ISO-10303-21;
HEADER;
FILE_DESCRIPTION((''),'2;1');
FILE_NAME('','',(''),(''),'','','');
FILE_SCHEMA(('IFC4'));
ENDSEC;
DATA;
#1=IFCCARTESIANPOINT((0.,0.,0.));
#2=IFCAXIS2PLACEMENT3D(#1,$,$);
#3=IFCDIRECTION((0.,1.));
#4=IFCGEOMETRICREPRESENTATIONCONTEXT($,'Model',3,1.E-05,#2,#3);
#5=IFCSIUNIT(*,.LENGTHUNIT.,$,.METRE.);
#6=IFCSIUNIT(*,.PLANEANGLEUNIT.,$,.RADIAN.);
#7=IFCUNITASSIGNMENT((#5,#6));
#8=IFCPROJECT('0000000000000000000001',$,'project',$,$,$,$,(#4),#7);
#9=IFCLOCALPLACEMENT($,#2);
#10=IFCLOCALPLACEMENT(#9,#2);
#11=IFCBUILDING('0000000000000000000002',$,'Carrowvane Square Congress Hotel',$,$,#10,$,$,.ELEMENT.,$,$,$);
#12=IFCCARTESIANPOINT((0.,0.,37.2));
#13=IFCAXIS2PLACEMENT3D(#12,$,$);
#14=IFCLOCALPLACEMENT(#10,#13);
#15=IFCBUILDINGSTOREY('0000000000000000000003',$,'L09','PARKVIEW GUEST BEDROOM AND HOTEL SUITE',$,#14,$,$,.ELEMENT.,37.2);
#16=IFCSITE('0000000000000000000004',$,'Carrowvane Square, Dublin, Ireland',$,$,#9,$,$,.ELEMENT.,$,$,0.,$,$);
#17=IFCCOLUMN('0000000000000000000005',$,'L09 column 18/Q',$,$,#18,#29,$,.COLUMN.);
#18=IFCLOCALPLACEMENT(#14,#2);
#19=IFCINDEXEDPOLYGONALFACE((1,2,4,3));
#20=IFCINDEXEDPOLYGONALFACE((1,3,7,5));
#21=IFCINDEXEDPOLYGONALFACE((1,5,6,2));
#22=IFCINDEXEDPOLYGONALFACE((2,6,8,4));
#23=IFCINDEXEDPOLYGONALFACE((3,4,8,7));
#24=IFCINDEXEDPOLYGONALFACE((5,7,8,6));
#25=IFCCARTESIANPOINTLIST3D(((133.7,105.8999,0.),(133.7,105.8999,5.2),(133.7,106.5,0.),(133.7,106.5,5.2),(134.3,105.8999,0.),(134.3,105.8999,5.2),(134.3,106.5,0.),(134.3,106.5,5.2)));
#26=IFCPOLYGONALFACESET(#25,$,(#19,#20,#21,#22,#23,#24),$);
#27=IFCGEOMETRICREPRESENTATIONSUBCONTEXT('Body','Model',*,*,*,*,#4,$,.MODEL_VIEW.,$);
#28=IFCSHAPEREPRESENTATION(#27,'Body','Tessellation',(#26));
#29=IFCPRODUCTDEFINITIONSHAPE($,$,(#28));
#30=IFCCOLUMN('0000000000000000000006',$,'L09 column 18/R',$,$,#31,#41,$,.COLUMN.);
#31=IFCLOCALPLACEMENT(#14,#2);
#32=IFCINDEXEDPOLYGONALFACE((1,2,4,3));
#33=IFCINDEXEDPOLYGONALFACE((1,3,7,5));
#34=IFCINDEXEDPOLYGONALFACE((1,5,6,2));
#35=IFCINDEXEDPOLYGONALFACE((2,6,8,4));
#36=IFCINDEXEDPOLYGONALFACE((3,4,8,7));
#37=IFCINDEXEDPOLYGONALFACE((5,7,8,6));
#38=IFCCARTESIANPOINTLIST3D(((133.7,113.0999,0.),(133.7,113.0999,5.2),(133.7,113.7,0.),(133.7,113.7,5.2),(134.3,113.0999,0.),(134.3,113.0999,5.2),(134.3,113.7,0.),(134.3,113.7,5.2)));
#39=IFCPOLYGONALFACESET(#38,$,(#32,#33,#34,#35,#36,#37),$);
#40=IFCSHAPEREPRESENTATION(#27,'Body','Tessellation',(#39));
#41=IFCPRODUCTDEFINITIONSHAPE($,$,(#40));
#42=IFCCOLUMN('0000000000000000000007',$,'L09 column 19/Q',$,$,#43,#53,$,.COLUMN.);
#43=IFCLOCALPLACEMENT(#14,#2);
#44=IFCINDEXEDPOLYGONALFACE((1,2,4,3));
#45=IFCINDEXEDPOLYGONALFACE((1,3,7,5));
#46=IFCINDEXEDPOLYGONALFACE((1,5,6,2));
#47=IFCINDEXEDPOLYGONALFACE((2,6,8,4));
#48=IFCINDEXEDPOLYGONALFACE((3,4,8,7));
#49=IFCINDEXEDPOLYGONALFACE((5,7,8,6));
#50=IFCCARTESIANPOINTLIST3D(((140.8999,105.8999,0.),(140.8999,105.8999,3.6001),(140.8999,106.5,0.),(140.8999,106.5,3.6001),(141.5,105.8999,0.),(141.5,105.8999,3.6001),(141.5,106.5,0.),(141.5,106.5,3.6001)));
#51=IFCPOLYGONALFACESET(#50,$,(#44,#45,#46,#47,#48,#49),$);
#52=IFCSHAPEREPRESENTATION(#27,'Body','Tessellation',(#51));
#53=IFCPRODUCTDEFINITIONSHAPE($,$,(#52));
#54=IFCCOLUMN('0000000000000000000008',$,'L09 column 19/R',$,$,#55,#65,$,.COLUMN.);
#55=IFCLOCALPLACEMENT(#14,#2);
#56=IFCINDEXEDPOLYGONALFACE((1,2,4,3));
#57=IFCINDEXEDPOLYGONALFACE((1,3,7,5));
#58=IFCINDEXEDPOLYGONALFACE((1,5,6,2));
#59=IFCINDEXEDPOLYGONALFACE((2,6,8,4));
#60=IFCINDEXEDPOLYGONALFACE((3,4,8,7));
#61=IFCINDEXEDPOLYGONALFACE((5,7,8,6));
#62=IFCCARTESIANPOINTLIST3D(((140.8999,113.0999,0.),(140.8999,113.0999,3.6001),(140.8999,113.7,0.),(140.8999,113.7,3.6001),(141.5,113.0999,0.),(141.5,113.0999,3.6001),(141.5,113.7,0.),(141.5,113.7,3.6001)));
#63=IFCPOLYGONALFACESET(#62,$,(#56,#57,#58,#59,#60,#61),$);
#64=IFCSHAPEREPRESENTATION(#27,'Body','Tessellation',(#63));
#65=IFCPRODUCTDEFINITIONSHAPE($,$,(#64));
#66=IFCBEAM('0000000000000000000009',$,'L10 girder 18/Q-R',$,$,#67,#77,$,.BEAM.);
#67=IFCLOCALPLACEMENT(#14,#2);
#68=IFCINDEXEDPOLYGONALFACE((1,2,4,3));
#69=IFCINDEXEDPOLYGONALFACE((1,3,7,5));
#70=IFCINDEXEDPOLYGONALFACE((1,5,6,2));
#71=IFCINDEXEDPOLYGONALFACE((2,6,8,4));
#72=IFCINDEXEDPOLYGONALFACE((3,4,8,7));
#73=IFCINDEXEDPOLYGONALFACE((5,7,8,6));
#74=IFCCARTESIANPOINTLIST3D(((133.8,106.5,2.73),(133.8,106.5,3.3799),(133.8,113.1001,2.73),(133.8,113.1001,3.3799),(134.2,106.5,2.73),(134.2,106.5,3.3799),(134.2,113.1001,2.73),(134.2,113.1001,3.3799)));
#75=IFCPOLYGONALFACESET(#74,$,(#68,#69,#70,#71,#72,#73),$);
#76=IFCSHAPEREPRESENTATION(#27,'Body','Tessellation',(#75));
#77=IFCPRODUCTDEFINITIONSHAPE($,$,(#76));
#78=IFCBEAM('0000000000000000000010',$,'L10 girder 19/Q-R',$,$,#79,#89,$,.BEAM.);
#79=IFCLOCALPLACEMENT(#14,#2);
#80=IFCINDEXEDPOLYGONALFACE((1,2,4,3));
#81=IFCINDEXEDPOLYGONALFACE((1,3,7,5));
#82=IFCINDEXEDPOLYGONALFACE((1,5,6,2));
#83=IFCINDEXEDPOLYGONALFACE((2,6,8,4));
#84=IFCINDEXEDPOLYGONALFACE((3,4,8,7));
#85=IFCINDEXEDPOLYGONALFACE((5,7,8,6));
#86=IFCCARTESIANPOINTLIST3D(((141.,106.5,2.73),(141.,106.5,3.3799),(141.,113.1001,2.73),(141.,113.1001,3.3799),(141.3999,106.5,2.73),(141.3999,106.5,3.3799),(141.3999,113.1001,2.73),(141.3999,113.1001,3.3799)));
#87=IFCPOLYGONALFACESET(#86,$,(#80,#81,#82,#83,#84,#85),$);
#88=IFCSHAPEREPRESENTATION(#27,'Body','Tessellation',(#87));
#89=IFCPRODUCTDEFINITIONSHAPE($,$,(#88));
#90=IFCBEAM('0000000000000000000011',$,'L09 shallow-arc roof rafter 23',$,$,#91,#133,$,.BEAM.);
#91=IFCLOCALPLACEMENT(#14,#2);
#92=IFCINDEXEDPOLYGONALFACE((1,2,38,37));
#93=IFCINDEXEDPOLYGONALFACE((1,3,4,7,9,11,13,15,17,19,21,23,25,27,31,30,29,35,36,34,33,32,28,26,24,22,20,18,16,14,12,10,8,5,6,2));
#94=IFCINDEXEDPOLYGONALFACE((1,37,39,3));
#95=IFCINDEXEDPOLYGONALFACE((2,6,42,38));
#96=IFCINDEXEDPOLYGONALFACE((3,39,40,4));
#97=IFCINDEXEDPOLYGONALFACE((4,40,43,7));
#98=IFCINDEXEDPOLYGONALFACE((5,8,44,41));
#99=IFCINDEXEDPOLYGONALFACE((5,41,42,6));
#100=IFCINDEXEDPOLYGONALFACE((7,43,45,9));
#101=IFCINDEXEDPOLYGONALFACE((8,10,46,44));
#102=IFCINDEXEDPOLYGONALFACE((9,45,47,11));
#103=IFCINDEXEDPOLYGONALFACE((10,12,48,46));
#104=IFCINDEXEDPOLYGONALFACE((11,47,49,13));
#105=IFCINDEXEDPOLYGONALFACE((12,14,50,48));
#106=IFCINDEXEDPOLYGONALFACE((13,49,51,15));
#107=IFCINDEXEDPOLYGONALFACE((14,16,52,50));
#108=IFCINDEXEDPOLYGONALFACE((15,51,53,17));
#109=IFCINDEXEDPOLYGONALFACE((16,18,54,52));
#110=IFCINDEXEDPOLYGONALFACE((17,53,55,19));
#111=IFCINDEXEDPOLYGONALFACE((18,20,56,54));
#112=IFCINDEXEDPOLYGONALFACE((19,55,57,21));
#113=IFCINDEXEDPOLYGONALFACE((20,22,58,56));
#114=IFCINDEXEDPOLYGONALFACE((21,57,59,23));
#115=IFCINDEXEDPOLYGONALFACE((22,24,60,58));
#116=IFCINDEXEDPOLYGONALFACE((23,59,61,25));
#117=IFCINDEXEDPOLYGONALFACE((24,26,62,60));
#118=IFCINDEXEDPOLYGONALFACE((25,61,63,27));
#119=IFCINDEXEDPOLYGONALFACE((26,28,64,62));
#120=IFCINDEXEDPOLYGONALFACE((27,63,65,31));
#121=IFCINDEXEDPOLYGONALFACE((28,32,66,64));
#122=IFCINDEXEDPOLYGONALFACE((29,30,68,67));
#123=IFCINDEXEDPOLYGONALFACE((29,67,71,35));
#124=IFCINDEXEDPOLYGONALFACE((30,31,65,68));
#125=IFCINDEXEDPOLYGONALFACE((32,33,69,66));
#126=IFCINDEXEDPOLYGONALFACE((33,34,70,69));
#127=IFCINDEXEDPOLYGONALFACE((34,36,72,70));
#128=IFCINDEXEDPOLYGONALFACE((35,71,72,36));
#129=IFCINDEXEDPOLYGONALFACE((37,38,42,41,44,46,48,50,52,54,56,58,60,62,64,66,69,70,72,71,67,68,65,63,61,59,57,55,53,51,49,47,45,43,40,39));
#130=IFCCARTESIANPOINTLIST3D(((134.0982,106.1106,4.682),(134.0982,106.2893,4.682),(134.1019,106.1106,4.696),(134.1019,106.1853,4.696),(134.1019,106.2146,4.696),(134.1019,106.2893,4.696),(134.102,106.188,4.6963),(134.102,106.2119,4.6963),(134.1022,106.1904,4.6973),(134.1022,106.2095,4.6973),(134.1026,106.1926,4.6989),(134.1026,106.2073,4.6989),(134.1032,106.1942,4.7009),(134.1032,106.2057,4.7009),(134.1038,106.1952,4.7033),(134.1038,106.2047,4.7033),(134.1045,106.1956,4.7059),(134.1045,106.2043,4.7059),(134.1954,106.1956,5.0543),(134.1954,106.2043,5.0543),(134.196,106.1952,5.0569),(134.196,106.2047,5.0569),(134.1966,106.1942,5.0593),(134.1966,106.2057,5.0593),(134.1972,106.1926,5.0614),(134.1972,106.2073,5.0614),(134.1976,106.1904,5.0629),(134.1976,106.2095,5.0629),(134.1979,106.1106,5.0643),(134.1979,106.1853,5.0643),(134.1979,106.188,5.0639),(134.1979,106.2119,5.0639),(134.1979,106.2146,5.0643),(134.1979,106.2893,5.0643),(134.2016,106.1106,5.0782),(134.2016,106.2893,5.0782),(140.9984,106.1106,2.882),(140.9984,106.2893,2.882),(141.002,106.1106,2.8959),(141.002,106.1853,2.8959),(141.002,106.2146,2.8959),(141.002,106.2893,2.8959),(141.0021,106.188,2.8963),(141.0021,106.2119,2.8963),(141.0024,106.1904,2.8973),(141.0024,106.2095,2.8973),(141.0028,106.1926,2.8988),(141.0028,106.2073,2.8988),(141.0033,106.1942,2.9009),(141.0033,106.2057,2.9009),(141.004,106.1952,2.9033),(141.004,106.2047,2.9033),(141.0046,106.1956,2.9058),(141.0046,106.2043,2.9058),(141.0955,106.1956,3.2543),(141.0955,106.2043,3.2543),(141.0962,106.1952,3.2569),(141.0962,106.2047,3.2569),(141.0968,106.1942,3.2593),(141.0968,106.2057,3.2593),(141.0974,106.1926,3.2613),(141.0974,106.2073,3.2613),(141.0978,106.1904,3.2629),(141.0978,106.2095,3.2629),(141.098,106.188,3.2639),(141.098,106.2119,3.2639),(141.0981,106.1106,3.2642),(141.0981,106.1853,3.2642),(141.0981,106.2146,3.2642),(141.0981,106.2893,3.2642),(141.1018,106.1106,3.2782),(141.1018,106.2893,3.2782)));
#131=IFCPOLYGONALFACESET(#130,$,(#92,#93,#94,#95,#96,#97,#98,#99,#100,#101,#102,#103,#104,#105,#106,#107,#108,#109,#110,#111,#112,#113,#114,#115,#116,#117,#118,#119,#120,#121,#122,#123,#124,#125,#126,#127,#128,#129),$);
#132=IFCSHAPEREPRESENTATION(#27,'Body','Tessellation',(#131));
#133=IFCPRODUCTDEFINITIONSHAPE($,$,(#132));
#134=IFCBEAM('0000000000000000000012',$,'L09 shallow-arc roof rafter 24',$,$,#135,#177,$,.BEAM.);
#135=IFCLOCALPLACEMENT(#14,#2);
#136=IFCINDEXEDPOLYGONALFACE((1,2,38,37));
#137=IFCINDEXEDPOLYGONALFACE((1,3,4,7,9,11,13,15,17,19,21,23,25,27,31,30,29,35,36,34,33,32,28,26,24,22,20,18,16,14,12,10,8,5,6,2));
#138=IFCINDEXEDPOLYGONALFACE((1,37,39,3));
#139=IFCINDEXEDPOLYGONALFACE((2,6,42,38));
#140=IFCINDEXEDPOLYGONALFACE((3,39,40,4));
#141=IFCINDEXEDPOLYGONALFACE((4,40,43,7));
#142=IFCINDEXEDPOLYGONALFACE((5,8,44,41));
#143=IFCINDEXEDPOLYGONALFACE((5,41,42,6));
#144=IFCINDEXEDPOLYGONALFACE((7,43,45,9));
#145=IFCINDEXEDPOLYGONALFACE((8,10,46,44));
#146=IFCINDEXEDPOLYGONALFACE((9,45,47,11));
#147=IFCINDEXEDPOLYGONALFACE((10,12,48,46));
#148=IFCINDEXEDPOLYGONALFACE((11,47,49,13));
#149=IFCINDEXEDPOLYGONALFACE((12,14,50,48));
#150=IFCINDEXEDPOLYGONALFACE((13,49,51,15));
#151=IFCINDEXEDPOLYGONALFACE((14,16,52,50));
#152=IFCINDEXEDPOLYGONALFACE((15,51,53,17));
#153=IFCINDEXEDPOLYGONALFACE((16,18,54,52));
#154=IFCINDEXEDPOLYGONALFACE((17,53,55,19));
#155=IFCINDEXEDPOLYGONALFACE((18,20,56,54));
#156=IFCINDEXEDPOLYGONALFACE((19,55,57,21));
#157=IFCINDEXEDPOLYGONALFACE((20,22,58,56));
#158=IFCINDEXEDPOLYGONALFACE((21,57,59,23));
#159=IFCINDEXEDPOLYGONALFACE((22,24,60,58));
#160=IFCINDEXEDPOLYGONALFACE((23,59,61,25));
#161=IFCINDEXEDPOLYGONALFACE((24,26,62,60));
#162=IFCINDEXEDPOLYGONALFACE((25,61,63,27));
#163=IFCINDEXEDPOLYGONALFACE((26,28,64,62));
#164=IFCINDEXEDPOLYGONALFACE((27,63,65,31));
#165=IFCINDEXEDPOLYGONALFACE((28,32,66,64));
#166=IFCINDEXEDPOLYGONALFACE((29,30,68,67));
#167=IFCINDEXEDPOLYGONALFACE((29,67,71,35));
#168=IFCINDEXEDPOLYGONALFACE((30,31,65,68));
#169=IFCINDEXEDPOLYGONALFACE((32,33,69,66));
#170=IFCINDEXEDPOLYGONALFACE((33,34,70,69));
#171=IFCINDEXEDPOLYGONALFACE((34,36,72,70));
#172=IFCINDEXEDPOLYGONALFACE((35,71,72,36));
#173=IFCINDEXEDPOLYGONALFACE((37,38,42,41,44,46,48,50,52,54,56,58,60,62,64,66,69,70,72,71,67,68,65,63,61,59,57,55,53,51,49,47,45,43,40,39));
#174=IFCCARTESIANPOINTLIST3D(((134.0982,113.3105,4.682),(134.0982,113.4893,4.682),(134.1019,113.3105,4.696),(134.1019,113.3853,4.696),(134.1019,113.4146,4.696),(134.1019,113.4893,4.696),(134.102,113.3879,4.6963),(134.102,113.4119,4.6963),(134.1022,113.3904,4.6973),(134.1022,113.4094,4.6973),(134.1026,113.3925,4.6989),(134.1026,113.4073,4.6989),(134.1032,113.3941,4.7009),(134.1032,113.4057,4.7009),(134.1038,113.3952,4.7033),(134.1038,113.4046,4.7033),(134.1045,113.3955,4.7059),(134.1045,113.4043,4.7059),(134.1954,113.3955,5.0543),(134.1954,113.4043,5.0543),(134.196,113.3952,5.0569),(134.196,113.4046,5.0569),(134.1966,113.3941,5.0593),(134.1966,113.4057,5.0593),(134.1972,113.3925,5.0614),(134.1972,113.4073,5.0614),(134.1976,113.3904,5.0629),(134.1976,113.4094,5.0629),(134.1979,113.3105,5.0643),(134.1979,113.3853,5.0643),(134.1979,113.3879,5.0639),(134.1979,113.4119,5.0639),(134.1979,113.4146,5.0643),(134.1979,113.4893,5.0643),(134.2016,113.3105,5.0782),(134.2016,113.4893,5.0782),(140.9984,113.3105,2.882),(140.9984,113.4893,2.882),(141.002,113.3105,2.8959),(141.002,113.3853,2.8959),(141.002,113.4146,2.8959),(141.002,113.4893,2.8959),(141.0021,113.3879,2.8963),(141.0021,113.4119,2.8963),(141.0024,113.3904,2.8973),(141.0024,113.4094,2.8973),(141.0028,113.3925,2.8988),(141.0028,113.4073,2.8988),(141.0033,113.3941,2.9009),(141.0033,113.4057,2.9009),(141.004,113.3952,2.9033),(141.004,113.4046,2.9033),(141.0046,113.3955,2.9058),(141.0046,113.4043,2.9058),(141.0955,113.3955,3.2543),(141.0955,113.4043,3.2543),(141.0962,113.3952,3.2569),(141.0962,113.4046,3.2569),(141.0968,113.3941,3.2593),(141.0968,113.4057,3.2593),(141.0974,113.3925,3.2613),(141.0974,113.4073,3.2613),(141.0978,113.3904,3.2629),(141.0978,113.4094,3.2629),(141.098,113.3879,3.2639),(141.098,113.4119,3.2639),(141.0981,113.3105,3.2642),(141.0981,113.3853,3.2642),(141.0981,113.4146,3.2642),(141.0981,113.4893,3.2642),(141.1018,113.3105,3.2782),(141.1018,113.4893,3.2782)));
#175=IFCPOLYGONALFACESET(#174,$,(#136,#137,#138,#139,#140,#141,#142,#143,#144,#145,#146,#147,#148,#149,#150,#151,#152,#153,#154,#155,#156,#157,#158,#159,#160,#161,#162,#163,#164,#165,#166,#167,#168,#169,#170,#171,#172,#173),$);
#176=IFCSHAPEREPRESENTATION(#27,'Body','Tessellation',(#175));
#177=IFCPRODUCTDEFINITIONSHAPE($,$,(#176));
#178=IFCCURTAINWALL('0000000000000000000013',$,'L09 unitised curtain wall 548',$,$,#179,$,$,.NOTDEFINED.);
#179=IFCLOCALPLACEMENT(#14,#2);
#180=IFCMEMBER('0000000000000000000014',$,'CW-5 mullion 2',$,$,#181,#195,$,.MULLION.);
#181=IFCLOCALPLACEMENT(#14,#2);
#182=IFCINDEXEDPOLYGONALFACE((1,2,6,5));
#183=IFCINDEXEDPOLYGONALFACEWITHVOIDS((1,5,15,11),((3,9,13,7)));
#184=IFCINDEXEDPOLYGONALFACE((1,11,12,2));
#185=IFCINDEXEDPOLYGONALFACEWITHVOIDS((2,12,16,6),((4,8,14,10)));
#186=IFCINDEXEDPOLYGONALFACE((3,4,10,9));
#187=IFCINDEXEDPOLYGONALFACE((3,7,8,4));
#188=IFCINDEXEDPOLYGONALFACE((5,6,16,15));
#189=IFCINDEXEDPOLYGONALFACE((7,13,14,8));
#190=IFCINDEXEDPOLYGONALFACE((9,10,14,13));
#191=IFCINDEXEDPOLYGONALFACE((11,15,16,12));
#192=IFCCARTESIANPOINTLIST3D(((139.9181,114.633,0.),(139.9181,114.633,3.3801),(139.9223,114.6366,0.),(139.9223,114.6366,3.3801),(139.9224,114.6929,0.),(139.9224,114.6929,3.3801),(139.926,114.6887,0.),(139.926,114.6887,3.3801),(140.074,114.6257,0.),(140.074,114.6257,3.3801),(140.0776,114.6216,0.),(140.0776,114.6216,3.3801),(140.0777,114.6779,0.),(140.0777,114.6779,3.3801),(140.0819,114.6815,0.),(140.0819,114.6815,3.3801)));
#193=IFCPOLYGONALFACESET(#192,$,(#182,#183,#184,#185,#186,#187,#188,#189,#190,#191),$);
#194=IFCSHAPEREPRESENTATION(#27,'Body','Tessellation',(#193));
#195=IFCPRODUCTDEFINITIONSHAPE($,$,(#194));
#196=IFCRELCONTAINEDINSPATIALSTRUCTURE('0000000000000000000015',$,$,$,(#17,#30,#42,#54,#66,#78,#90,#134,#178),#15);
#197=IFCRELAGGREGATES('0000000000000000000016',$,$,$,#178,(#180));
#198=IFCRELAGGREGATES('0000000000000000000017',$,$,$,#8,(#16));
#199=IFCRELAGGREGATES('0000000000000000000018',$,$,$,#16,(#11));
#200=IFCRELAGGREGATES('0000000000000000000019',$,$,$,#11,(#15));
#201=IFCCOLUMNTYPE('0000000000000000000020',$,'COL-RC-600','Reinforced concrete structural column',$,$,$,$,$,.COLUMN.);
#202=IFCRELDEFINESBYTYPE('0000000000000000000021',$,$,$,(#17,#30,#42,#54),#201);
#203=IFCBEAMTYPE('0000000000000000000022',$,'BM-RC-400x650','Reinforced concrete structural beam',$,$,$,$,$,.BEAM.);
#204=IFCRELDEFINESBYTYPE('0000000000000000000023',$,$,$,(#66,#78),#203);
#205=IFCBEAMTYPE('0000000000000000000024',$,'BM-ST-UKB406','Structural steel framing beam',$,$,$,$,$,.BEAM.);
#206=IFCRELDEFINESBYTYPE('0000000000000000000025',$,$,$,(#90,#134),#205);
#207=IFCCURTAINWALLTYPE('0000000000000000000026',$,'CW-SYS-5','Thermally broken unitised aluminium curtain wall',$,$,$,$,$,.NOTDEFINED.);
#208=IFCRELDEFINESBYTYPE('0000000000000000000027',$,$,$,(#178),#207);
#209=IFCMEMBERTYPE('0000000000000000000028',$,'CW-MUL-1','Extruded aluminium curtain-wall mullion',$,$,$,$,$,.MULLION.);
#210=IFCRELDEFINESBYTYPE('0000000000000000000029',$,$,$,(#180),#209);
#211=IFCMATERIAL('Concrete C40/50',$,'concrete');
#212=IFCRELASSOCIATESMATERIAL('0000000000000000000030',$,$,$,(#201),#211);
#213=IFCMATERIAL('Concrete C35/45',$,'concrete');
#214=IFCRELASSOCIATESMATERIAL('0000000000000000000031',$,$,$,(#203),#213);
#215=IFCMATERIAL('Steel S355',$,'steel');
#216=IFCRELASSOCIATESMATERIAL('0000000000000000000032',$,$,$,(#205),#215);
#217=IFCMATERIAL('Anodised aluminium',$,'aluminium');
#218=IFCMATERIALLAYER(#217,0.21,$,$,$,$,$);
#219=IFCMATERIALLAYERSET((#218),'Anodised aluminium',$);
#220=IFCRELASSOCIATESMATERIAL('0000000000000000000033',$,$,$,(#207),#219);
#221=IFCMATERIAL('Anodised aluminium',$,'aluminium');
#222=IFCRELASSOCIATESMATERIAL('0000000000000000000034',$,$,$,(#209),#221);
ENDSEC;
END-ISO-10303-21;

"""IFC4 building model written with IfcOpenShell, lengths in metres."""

from ifc_helpers import new_model, si_unit, direction, frame, origin, origin_2d, place, context, subcontext, project, spatial, rectangle, hollow_rectangle, i_section, extrude, material, layer, layer_set, material_profile, profile_set, type_object, element, aggregate, save


model = new_model("IFC4")

# Units and contexts
model_context = context("Model", 3, precision=1e-05, world=origin(), true_north=direction((0.0, 1.0)))
body_context = subcontext(model_context, "Body", "Model", "MODEL_VIEW")
ifc_project = project(units=[si_unit("LENGTHUNIT", "METRE"), si_unit("PLANEANGLEUNIT", "RADIAN")], contexts=[model_context])

# Site, building, storey
site_placement = place(None, origin())
site = spatial("IfcSite", under=ifc_project, at=site_placement, Name="Carrowvane Square, Dublin, Ireland", CompositionType="ELEMENT", RefElevation=0.0)
building_placement = place(site_placement, origin())
building = spatial("IfcBuilding", under=site, at=building_placement, Name="Carrowvane Square Congress Hotel", CompositionType="ELEMENT")
storey_placement = place(building_placement, frame((0.0, 0.0, 37.2)))
storey = spatial("IfcBuildingStorey", under=building, at=storey_placement, Name="L09", Description="PARKVIEW GUEST BEDROOM AND HOTEL SUITE", CompositionType="ELEMENT", Elevation=37.2)

# Columns
ifc_material_1 = material(Name="Concrete C40/50", Category="concrete")
ifc_material_profile_1 = material_profile(ifc_material_1, rectangle(XDim=0.6001, YDim=0.6001, at=origin_2d()), Name="RC 600x600")
ifc_profile_set_1 = profile_set([ifc_material_profile_1], Name="Concrete C40/50")
column_type = type_object("IfcColumnType", Name="COL-RC-600", Description="Reinforced concrete structural column", PredefinedType="COLUMN", material=ifc_profile_set_1)
for number, where, z_axis, x_axis, name in (
    (1, (134.0, 106.2, 0.0), (0.0, 0.0, 1.0), (1.0, 0.0, 0.0), "L09 column 18/Q"),
    (2, (134.0, 113.3999, 0.0), (0.0, 0.0, 1.0), (1.0, 0.0, 0.0), "L09 column 18/R"),
):
    element("IfcColumn", number, at=place(storey_placement, frame(where, z_axis=z_axis, x_axis=x_axis)), inside=storey, type_object=column_type, Name=name, PredefinedType="COLUMN", context=body_context, shape_type="SweptSolid", body=[
        extrude(rectangle(XDim=0.6001, YDim=0.6001, at=origin_2d()), origin(), (0.0, 0.0, 1.0), 5.2),
    ])
for number, where, z_axis, x_axis, name in (
    (3, (141.2, 106.2, 0.0), (0.0, 0.0, 1.0), (1.0, 0.0, 0.0), "L09 column 19/Q"),
    (4, (141.2, 113.3999, 0.0), (0.0, 0.0, 1.0), (1.0, 0.0, 0.0), "L09 column 19/R"),
):
    element("IfcColumn", number, at=place(storey_placement, frame(where, z_axis=z_axis, x_axis=x_axis)), inside=storey, type_object=column_type, Name=name, PredefinedType="COLUMN", context=body_context, shape_type="SweptSolid", body=[
        extrude(rectangle(XDim=0.6001, YDim=0.6001, at=origin_2d()), origin(), (0.0, 0.0, 1.0), 3.6001),
    ])

# Beams
ifc_material_2 = material(Name="Concrete C35/45", Category="concrete")
ifc_material_profile_2 = material_profile(ifc_material_2, rectangle(XDim=0.3999, YDim=0.6499, at=origin_2d()), Name="RC 400x650")
ifc_profile_set_2 = profile_set([ifc_material_profile_2], Name="Concrete C35/45")
beam_type_1 = type_object("IfcBeamType", Name="BM-RC-400x650", Description="Reinforced concrete structural beam", PredefinedType="BEAM", material=ifc_profile_set_2)
for number, where, z_axis, x_axis, name in (
    (5, (134.0, 106.5, 3.0549), (0.0, 1.0, 0.0), (-1.0, 0.0, 0.0), "L10 girder 18/Q-R"),
    (6, (141.2, 106.5, 3.0549), (0.0, 1.0, 0.0), (-1.0, 0.0, 0.0), "L10 girder 19/Q-R"),
):
    element("IfcBeam", number, at=place(storey_placement, frame(where, z_axis=z_axis, x_axis=x_axis)), inside=storey, type_object=beam_type_1, Name=name, PredefinedType="BEAM", context=body_context, shape_type="SweptSolid", body=[
        extrude(rectangle(XDim=0.3999, YDim=0.6499, at=origin_2d()), origin(), (0.0, 0.0, 1.0), 6.6001),
    ])
ifc_material_3 = material(Name="Steel S355", Category="steel")
ifc_material_profile_3 = material_profile(ifc_material_3, i_section(OverallWidth=0.1787, OverallDepth=0.4094, WebThickness=0.0088, FlangeThickness=0.0144, FilletRadius=0.0103, at=origin_2d()), Name="UKB 406x178x67")
ifc_profile_set_3 = profile_set([ifc_material_profile_3], Name="Steel S355")
beam_type_2 = type_object("IfcBeamType", Name="BM-ST-UKB406", Description="Structural steel framing beam", PredefinedType="BEAM", material=ifc_profile_set_3)
for number, where, z_axis, x_axis, name in (
    (7, (134.1499, 106.2, 4.8801), (0.967617, 0.0, -0.252423), (0.0, 1.0, 0.0), "L09 shallow-arc roof rafter 23"),
    (8, (134.1499, 113.3999, 4.8801), (0.967617, 0.0, -0.252423), (0.0, 1.0, 0.0), "L09 shallow-arc roof rafter 24"),
):
    element("IfcBeam", number, at=place(storey_placement, frame(where, z_axis=z_axis, x_axis=x_axis)), inside=storey, type_object=beam_type_2, Name=name, PredefinedType="BEAM", context=body_context, shape_type="SweptSolid", body=[
        extrude(i_section(OverallWidth=0.1787, OverallDepth=0.4094, WebThickness=0.0088, FlangeThickness=0.0144, FilletRadius=0.0103, at=origin_2d()), origin(), (0.0, 0.0, 1.0), 7.1311),
    ])

# Curtain wall, member
ifc_material_4 = material(Name="Anodised aluminium", Category="aluminium")
ifc_layer_1 = layer(ifc_material_4, 0.21)
ifc_layer_set_1 = layer_set([ifc_layer_1], Name="Anodised aluminium")
curtain_wall_type = type_object("IfcCurtainWallType", Name="CW-SYS-5", Description="Thermally broken unitised aluminium curtain wall", PredefinedType="NOTDEFINED", material=ifc_layer_set_1)
curtain_wall_placement = place(storey_placement, origin())
curtain_wall = element("IfcCurtainWall", 9, at=curtain_wall_placement, inside=storey, type_object=curtain_wall_type, Name="L09 unitised curtain wall 548", PredefinedType="NOTDEFINED")
ifc_material_5 = material(Name="Anodised aluminium", Category="aluminium")
ifc_material_profile_4 = material_profile(ifc_material_5, hollow_rectangle(XDim=0.0601, YDim=0.1599, WallThickness=0.0039, at=origin_2d()), Name="CW-ML 60x160x4")
ifc_profile_set_4 = profile_set([ifc_material_profile_4], Name="Anodised aluminium")
member_type_1 = type_object("IfcMemberType", Name="CW-MUL-1", Description="Extruded aluminium curtain-wall mullion", PredefinedType="MULLION", material=ifc_profile_set_4)
member_1_placement = place(storey_placement, frame((140.0, 114.6572, 0.0), z_axis=(0.0, 0.0, 1.0), x_axis=(0.071422, 0.997446, 0.0)))
member_1 = element("IfcMember", 10, at=member_1_placement, type_object=member_type_1, Name="CW-5 mullion 2", PredefinedType="MULLION", context=body_context, shape_type="SweptSolid", body=[
    extrude(hollow_rectangle(XDim=0.0601, YDim=0.1599, WallThickness=0.0039, at=origin_2d()), origin(), (0.0, 0.0, 1.0), 3.3801),
])
aggregate(curtain_wall, [member_1])

save(model, "model.ifc")
